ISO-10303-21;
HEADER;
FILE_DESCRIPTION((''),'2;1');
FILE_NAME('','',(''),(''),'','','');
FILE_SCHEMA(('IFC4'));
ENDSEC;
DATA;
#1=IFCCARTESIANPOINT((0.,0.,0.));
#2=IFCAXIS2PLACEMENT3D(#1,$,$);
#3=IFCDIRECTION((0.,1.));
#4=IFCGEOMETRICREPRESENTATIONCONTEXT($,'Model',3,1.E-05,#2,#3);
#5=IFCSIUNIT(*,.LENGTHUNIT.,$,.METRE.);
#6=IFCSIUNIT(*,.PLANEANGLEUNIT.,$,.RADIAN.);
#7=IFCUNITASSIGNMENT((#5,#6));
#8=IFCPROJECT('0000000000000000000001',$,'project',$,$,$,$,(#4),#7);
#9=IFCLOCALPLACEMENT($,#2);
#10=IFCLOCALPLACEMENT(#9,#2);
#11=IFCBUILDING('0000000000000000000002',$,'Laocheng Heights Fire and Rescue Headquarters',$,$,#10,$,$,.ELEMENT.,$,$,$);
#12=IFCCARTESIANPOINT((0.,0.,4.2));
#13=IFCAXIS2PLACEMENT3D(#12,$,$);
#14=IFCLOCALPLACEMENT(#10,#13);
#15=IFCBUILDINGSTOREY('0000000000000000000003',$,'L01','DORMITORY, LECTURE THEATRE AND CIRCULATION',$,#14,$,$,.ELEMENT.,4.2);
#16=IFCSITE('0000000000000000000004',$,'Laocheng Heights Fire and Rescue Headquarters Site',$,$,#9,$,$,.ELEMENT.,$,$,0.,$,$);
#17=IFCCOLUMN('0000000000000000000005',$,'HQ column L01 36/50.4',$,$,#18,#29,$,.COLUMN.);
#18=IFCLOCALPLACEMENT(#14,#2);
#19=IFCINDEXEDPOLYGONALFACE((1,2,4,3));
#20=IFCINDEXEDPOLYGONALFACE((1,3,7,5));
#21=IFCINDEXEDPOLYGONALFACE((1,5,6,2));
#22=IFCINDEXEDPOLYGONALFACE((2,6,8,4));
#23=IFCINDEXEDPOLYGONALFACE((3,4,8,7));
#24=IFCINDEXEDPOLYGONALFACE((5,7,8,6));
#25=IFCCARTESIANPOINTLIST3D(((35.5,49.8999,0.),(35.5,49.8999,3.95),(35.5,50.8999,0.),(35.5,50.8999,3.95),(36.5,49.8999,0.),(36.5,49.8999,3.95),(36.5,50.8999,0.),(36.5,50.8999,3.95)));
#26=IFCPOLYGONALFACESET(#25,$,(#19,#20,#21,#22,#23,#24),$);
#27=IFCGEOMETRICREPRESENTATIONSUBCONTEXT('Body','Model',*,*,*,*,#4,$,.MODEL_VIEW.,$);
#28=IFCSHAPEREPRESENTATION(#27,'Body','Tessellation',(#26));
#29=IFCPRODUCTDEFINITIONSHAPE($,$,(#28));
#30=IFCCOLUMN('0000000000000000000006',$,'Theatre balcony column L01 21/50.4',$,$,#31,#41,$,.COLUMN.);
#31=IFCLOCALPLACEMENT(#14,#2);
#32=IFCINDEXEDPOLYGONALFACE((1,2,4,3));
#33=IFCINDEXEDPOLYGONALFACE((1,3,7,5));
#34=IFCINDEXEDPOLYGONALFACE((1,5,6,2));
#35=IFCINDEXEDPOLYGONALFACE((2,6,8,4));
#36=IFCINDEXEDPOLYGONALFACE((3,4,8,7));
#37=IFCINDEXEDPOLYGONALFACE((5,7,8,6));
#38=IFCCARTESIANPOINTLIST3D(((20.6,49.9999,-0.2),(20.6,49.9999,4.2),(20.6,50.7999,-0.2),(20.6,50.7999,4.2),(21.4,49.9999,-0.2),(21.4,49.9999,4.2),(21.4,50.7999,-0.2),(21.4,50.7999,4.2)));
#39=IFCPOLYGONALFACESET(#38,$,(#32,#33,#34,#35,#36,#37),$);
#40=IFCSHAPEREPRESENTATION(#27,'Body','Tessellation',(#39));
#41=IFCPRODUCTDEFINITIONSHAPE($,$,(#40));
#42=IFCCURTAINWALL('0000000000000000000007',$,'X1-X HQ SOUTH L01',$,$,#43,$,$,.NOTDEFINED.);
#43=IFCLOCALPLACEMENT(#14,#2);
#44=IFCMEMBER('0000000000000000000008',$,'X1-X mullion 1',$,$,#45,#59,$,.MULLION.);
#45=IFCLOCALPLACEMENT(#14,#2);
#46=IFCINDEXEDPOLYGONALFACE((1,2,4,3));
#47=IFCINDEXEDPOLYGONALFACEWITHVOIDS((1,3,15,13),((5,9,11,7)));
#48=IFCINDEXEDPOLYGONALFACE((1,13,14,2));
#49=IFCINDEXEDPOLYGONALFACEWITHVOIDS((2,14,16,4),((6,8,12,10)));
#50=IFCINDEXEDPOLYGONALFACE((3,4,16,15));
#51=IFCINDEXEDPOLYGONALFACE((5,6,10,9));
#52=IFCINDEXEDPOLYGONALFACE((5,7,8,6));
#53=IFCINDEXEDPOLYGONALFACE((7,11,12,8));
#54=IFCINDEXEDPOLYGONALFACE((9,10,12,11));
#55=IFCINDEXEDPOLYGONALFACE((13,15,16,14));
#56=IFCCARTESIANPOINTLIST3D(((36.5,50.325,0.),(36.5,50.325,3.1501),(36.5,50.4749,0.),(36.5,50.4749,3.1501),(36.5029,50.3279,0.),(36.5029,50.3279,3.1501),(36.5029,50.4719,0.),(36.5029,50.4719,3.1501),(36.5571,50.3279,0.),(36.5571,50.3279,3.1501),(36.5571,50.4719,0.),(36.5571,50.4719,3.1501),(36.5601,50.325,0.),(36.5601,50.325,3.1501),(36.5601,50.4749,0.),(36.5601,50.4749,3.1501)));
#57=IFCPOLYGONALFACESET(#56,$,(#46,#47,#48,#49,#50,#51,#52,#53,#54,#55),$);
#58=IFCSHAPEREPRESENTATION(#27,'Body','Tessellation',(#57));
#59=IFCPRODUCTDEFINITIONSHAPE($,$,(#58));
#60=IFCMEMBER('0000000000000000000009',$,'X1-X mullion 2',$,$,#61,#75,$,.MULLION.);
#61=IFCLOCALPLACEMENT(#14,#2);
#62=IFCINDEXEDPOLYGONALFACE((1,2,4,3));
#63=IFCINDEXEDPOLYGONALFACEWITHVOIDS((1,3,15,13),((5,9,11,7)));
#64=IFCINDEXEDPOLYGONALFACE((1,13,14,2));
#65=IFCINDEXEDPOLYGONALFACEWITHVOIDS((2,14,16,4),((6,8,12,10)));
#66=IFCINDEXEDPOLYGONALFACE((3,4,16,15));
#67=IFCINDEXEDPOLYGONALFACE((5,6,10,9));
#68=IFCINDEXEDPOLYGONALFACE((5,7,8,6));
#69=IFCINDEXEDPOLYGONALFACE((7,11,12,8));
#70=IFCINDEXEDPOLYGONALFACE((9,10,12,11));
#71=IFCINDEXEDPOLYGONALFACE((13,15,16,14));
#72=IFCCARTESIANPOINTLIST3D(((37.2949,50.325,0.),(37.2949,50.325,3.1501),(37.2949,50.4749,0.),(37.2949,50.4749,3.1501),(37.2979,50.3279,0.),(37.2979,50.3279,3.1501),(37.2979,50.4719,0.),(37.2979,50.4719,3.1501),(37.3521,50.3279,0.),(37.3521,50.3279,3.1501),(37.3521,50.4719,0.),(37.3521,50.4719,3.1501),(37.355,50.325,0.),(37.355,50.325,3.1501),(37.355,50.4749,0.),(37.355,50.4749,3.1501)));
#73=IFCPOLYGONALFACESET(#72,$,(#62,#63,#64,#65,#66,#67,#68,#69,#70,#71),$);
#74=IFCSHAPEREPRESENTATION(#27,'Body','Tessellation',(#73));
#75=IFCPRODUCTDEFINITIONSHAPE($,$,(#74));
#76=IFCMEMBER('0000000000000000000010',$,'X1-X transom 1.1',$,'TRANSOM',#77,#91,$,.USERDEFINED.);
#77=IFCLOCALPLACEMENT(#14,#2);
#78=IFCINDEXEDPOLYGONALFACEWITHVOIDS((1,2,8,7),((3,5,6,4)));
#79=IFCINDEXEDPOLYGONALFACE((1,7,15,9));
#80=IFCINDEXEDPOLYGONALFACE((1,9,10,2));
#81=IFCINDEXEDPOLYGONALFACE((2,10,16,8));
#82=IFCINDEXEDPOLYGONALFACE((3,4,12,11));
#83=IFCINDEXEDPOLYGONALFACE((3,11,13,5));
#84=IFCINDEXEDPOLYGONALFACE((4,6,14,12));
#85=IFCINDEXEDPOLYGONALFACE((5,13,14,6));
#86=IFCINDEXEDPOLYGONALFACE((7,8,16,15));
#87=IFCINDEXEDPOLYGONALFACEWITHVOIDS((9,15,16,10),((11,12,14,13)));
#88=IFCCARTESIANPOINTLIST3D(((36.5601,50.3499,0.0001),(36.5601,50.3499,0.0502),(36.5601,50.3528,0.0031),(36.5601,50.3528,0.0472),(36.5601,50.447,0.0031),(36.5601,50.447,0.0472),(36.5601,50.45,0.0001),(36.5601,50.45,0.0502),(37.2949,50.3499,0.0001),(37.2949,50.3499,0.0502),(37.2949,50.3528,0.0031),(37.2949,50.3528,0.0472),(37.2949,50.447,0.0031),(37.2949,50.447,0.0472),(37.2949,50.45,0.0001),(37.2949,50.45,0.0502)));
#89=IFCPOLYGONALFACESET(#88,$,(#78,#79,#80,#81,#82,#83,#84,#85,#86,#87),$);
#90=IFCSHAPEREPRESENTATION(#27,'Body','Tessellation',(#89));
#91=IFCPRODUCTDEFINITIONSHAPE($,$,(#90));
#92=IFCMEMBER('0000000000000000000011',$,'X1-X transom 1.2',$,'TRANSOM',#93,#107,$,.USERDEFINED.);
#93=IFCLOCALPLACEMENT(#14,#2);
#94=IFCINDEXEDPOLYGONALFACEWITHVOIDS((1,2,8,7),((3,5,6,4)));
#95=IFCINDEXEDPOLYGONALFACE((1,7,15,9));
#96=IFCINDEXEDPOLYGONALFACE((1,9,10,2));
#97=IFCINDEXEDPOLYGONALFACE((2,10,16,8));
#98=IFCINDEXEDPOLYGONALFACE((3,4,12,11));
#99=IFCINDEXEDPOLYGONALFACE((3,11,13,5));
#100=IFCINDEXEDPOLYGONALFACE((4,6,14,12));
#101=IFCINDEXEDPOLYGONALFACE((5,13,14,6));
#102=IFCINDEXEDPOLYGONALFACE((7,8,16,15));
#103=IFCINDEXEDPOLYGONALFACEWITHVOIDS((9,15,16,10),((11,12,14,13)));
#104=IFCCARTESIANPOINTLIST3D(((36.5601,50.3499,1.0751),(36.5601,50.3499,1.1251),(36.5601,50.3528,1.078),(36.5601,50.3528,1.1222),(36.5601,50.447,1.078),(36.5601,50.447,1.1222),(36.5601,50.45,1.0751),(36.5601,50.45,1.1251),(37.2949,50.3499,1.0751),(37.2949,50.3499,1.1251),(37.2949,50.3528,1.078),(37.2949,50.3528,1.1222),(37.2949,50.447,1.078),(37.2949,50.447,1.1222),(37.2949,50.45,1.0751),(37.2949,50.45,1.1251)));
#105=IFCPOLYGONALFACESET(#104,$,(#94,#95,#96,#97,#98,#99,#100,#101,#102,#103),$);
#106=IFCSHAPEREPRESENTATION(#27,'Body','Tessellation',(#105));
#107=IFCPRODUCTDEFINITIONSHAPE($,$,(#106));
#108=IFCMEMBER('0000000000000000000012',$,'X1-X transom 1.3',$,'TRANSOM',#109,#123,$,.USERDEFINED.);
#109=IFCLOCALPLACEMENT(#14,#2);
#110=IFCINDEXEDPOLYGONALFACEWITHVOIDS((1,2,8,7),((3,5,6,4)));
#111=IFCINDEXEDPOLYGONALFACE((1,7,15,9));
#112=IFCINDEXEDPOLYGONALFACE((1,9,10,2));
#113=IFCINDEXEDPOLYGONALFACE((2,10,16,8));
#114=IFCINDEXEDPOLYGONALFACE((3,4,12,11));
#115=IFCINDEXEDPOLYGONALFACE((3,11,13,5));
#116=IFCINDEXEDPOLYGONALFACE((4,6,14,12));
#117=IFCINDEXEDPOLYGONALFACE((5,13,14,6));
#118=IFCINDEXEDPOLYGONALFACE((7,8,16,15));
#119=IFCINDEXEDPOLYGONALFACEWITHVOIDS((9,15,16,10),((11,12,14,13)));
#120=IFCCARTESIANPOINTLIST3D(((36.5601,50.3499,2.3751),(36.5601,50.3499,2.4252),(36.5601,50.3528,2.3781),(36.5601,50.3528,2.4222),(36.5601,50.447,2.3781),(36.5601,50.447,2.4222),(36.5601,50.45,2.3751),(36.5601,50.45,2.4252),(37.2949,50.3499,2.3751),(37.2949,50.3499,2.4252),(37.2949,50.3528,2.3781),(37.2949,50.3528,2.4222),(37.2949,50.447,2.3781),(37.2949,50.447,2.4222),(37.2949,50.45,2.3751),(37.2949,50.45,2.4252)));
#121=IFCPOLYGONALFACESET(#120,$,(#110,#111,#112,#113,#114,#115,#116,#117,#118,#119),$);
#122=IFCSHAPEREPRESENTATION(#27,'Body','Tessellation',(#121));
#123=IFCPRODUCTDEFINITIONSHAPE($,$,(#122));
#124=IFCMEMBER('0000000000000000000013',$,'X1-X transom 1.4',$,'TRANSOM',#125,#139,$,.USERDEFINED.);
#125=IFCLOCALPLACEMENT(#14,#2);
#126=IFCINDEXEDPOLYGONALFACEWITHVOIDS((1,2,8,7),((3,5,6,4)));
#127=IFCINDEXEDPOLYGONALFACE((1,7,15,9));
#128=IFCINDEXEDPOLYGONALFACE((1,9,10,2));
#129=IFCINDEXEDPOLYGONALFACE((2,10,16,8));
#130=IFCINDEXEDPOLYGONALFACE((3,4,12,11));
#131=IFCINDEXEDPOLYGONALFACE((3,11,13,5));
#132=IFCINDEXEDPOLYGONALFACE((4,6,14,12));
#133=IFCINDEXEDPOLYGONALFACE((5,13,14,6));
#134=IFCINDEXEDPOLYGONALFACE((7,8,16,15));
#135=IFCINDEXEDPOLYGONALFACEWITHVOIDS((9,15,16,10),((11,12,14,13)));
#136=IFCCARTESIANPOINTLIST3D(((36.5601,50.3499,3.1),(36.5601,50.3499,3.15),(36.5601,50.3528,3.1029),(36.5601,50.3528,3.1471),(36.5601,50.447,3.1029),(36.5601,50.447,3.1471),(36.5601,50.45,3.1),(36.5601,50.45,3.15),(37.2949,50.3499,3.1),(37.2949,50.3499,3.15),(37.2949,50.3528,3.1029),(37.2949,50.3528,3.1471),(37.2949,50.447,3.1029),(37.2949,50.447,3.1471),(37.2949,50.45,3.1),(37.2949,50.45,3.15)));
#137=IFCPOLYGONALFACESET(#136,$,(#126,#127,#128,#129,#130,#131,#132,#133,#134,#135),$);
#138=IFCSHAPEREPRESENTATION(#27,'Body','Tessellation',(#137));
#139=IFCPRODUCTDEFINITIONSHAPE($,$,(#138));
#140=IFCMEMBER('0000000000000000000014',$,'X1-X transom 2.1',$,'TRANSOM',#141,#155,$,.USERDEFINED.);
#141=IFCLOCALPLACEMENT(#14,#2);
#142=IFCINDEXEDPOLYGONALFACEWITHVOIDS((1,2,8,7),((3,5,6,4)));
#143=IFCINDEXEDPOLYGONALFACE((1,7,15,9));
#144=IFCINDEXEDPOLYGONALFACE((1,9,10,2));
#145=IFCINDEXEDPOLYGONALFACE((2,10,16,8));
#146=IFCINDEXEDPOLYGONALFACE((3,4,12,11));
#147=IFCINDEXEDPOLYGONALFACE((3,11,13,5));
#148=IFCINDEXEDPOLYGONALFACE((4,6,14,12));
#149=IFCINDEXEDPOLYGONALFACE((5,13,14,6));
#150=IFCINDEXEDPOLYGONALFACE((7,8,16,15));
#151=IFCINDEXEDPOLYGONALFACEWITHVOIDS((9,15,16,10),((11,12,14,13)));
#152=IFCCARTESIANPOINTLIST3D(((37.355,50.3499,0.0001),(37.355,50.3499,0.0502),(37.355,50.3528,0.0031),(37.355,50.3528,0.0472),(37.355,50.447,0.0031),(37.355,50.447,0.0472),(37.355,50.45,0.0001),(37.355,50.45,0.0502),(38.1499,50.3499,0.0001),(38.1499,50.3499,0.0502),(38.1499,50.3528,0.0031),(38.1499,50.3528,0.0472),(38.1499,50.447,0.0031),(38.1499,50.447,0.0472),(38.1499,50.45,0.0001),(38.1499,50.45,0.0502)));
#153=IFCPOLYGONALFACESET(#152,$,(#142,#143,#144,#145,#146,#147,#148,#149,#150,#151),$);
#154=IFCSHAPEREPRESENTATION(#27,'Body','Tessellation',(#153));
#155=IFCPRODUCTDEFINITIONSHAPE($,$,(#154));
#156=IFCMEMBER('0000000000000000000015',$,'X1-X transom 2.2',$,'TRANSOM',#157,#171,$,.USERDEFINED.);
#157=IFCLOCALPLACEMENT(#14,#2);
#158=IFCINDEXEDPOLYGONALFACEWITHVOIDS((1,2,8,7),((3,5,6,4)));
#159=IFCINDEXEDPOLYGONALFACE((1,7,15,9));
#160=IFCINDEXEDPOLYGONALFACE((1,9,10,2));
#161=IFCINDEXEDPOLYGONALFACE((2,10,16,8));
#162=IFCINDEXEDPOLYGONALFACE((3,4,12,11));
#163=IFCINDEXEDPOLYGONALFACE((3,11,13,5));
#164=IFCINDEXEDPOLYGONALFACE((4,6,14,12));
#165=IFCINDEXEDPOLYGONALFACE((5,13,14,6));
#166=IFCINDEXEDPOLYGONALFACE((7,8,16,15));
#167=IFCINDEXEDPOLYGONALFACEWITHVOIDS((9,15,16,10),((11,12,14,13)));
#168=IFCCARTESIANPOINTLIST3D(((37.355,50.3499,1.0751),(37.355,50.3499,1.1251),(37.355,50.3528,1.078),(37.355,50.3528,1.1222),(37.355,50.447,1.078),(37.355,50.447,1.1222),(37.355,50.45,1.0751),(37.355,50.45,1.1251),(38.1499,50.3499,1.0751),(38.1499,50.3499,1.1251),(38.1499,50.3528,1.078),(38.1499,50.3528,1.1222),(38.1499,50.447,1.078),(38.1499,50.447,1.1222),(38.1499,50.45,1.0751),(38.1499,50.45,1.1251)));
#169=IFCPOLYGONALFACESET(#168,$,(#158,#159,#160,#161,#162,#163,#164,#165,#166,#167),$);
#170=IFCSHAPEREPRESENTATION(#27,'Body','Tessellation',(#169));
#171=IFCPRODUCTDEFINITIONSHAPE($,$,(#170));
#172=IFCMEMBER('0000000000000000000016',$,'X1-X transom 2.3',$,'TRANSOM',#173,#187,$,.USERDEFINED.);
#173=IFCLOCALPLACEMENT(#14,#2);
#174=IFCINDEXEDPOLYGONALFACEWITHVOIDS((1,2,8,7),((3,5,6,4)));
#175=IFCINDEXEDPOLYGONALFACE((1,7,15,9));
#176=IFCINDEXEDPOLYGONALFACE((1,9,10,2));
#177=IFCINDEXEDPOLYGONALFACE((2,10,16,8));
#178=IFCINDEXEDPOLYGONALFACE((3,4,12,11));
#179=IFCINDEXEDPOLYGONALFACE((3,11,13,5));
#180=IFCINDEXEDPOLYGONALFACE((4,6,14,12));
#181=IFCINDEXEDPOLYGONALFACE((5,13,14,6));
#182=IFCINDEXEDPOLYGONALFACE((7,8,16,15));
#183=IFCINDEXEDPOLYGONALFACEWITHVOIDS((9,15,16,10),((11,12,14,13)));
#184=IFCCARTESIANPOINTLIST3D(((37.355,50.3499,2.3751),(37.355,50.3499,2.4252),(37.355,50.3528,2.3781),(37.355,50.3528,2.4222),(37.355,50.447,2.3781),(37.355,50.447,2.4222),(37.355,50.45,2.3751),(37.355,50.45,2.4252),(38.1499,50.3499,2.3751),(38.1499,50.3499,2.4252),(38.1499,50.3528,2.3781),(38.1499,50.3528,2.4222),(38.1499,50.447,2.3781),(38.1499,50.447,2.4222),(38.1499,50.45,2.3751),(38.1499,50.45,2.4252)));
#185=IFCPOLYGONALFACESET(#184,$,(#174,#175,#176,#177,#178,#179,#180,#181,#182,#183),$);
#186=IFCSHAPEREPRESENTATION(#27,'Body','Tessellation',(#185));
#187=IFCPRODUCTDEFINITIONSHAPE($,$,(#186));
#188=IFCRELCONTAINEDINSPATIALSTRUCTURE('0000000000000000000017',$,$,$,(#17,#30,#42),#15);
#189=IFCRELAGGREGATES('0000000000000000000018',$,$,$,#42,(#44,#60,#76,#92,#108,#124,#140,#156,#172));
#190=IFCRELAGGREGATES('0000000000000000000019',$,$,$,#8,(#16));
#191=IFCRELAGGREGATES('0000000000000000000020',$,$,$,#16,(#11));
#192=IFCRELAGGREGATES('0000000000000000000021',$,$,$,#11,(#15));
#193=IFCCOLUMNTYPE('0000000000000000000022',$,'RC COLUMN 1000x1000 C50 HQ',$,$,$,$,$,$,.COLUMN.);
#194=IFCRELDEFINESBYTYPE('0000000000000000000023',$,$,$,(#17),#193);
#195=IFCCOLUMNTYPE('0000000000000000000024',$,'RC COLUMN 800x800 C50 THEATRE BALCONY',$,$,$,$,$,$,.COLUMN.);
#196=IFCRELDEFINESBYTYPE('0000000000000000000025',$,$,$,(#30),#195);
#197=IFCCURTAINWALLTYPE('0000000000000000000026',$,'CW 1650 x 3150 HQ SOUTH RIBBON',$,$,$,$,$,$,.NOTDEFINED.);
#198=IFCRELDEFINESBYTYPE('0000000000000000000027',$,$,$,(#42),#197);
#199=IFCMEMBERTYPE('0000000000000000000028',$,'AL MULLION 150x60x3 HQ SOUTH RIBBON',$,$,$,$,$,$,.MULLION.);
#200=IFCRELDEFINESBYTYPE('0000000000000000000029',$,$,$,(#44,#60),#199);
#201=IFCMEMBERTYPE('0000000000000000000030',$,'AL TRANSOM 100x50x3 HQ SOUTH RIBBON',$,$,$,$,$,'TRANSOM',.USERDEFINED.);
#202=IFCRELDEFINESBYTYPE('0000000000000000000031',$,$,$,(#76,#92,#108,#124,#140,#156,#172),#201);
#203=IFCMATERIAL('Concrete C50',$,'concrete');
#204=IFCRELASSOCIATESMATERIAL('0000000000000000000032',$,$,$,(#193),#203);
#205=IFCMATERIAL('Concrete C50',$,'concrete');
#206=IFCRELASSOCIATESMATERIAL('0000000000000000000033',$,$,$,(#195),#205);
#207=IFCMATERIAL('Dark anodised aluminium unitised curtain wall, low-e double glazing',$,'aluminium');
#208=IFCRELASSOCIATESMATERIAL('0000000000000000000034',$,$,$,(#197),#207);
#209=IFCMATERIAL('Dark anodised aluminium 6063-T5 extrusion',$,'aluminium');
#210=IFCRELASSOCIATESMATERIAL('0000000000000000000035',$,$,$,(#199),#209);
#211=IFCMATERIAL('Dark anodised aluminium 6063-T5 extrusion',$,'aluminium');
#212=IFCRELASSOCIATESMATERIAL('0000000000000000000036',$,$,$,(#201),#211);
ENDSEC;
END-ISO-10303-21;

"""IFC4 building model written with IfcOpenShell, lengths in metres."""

from ifc_helpers import new_model, si_unit, direction, frame, origin, origin_2d, place, context, subcontext, project, spatial, rectangle, hollow_rectangle, extrude, material, material_profile, profile_set, type_object, element, aggregate, save


model = new_model("IFC4")

# Units and contexts
model_context = context("Model", 3, precision=1e-05, world=origin(), true_north=direction((0.0, 1.0)))
body_context = subcontext(model_context, "Body", "Model", "MODEL_VIEW")
ifc_project = project(units=[si_unit("LENGTHUNIT", "METRE"), si_unit("PLANEANGLEUNIT", "RADIAN")], contexts=[model_context])

# Site, building, storey
site_placement = place(None, origin())
site = spatial("IfcSite", under=ifc_project, at=site_placement, Name="Laocheng Heights Fire and Rescue Headquarters Site", CompositionType="ELEMENT", RefElevation=0.0)
building_placement = place(site_placement, origin())
building = spatial("IfcBuilding", under=site, at=building_placement, Name="Laocheng Heights Fire and Rescue Headquarters", CompositionType="ELEMENT")
storey_placement = place(building_placement, frame((0.0, 0.0, 4.2)))
storey = spatial("IfcBuildingStorey", under=building, at=storey_placement, Name="L01", Description="DORMITORY, LECTURE THEATRE AND CIRCULATION", CompositionType="ELEMENT", Elevation=4.2)

# Columns
ifc_material_1 = material(Name="Concrete C50", Category="concrete")
ifc_material_profile_1 = material_profile(ifc_material_1, rectangle(XDim=1.0, YDim=1.0, at=origin_2d()), Name="RC COLUMN 1000x1000 C50 HQ")
ifc_profile_set_1 = profile_set([ifc_material_profile_1], Name="Concrete C50")
column_type_1 = type_object("IfcColumnType", Name="RC COLUMN 1000x1000 C50 HQ", PredefinedType="COLUMN", material=ifc_profile_set_1)
column_1_placement = place(storey_placement, frame((36.0, 50.3999, 0.0), z_axis=(0.0, 0.0, 1.0), x_axis=(1.0, 0.0, 0.0)))
element("IfcColumn", 1, at=column_1_placement, inside=storey, type_object=column_type_1, Name="HQ column L01 36/50.4", PredefinedType="COLUMN", context=body_context, shape_type="SweptSolid", body=[
    extrude(rectangle(XDim=1.0, YDim=1.0, at=origin_2d()), origin(), (0.0, 0.0, 1.0), 3.95),
])
ifc_material_2 = material(Name="Concrete C50", Category="concrete")
ifc_material_profile_2 = material_profile(ifc_material_2, rectangle(XDim=0.8, YDim=0.8, at=origin_2d()), Name="RC COLUMN 800x800 C50 THEATRE BALCONY")
ifc_profile_set_2 = profile_set([ifc_material_profile_2], Name="Concrete C50")
column_type_2 = type_object("IfcColumnType", Name="RC COLUMN 800x800 C50 THEATRE BALCONY", PredefinedType="COLUMN", material=ifc_profile_set_2)
column_2_placement = place(storey_placement, frame((21.0, 50.3999, -0.2), z_axis=(0.0, 0.0, 1.0), x_axis=(1.0, 0.0, 0.0)))
element("IfcColumn", 2, at=column_2_placement, inside=storey, type_object=column_type_2, Name="Theatre balcony column L01 21/50.4", PredefinedType="COLUMN", context=body_context, shape_type="SweptSolid", body=[
    extrude(rectangle(XDim=0.8, YDim=0.8, at=origin_2d()), origin(), (0.0, 0.0, 1.0), 4.3999),
])

# Curtain wall, members
ifc_material_3 = material(Name="Dark anodised aluminium unitised curtain wall, low-e double glazing", Category="aluminium")
curtain_wall_type = type_object("IfcCurtainWallType", Name="CW 1650 x 3150 HQ SOUTH RIBBON", PredefinedType="NOTDEFINED", material=ifc_material_3)
curtain_wall_placement = place(storey_placement, origin())
curtain_wall = element("IfcCurtainWall", 3, at=curtain_wall_placement, inside=storey, type_object=curtain_wall_type, Name="X1-X HQ SOUTH L01", PredefinedType="NOTDEFINED")
ifc_material_4 = material(Name="Dark anodised aluminium 6063-T5 extrusion", Category="aluminium")
ifc_material_profile_3 = material_profile(ifc_material_4, hollow_rectangle(XDim=0.1499, YDim=0.0601, WallThickness=0.0029, at=origin_2d()), Name="AL MULLION 150x60x3 HQ SOUTH RIBBON")
ifc_profile_set_3 = profile_set([ifc_material_profile_3], Name="Dark anodised aluminium 6063-T5 extrusion")
member_type_1 = type_object("IfcMemberType", Name="AL MULLION 150x60x3 HQ SOUTH RIBBON", PredefinedType="MULLION", material=ifc_profile_set_3)
member_1_placement = place(storey_placement, frame((36.53, 50.3999, 0.0), z_axis=(0.0, 0.0, 1.0), x_axis=(0.0, 1.0, 0.0)))
member_1 = element("IfcMember", 4, at=member_1_placement, type_object=member_type_1, Name="X1-X mullion 1", PredefinedType="MULLION", context=body_context, shape_type="SweptSolid", body=[
    extrude(hollow_rectangle(XDim=0.1499, YDim=0.0601, WallThickness=0.0029, at=origin_2d()), origin(), (0.0, 0.0, 1.0), 3.1501),
])
member_2_placement = place(storey_placement, frame((37.325, 50.3999, 0.0), z_axis=(0.0, 0.0, 1.0), x_axis=(0.0, 1.0, 0.0)))
member_2 = element("IfcMember", 5, at=member_2_placement, type_object=member_type_1, Name="X1-X mullion 2", PredefinedType="MULLION", context=body_context, shape_type="SweptSolid", body=[
    extrude(hollow_rectangle(XDim=0.1499, YDim=0.0601, WallThickness=0.0029, at=origin_2d()), origin(), (0.0, 0.0, 1.0), 3.1501),
])
ifc_material_5 = material(Name="Dark anodised aluminium 6063-T5 extrusion", Category="aluminium")
ifc_material_profile_4 = material_profile(ifc_material_5, hollow_rectangle(XDim=0.1001, YDim=0.05, WallThickness=0.0029, at=origin_2d()), Name="AL TRANSOM 100x50x3 HQ SOUTH RIBBON")
ifc_profile_set_4 = profile_set([ifc_material_profile_4], Name="Dark anodised aluminium 6063-T5 extrusion")
member_type_2 = type_object("IfcMemberType", Name="AL TRANSOM 100x50x3 HQ SOUTH RIBBON", ElementType="TRANSOM", PredefinedType="USERDEFINED", material=ifc_profile_set_4)
member_3_placement = place(storey_placement, frame((36.5601, 50.3999, 0.0251), z_axis=(1.0, 0.0, 0.0), x_axis=(0.0, 1.0, 0.0)))
member_3 = element("IfcMember", 6, at=member_3_placement, type_object=member_type_2, Name="X1-X transom 1.1", ObjectType="TRANSOM", PredefinedType="USERDEFINED", context=body_context, shape_type="SweptSolid", body=[
    extrude(hollow_rectangle(XDim=0.1001, YDim=0.05, WallThickness=0.0029, at=origin_2d()), origin(), (0.0, 0.0, 1.0), 0.7349),
])
member_4_placement = place(storey_placement, frame((36.5601, 50.3999, 1.1001), z_axis=(1.0, 0.0, 0.0), x_axis=(0.0, 1.0, 0.0)))
member_4 = element("IfcMember", 7, at=member_4_placement, type_object=member_type_2, Name="X1-X transom 1.2", ObjectType="TRANSOM", PredefinedType="USERDEFINED", context=body_context, shape_type="SweptSolid", body=[
    extrude(hollow_rectangle(XDim=0.1001, YDim=0.05, WallThickness=0.0029, at=origin_2d()), origin(), (0.0, 0.0, 1.0), 0.7349),
])
member_5_placement = place(storey_placement, frame((36.5601, 50.3999, 2.4001), z_axis=(1.0, 0.0, 0.0), x_axis=(0.0, 1.0, 0.0)))
member_5 = element("IfcMember", 8, at=member_5_placement, type_object=member_type_2, Name="X1-X transom 1.3", ObjectType="TRANSOM", PredefinedType="USERDEFINED", context=body_context, shape_type="SweptSolid", body=[
    extrude(hollow_rectangle(XDim=0.1001, YDim=0.05, WallThickness=0.0029, at=origin_2d()), origin(), (0.0, 0.0, 1.0), 0.7349),
])
member_6_placement = place(storey_placement, frame((36.5601, 50.3999, 3.125), z_axis=(1.0, 0.0, 0.0), x_axis=(0.0, 1.0, 0.0)))
member_6 = element("IfcMember", 9, at=member_6_placement, type_object=member_type_2, Name="X1-X transom 1.4", ObjectType="TRANSOM", PredefinedType="USERDEFINED", context=body_context, shape_type="SweptSolid", body=[
    extrude(hollow_rectangle(XDim=0.1001, YDim=0.05, WallThickness=0.0029, at=origin_2d()), origin(), (0.0, 0.0, 1.0), 0.7349),
])
member_7_placement = place(storey_placement, frame((37.355, 50.3999, 0.0251), z_axis=(1.0, 0.0, 0.0), x_axis=(0.0, 1.0, 0.0)))
member_7 = element("IfcMember", 10, at=member_7_placement, type_object=member_type_2, Name="X1-X transom 2.1", ObjectType="TRANSOM", PredefinedType="USERDEFINED", context=body_context, shape_type="SweptSolid", body=[
    extrude(hollow_rectangle(XDim=0.1001, YDim=0.05, WallThickness=0.0029, at=origin_2d()), origin(), (0.0, 0.0, 1.0), 0.7949),
])
member_8_placement = place(storey_placement, frame((37.355, 50.3999, 1.1001), z_axis=(1.0, 0.0, 0.0), x_axis=(0.0, 1.0, 0.0)))
member_8 = element("IfcMember", 11, at=member_8_placement, type_object=member_type_2, Name="X1-X transom 2.2", ObjectType="TRANSOM", PredefinedType="USERDEFINED", context=body_context, shape_type="SweptSolid", body=[
    extrude(hollow_rectangle(XDim=0.1001, YDim=0.05, WallThickness=0.0029, at=origin_2d()), origin(), (0.0, 0.0, 1.0), 0.7949),
])
member_9_placement = place(storey_placement, frame((37.355, 50.3999, 2.4001), z_axis=(1.0, 0.0, 0.0), x_axis=(0.0, 1.0, 0.0)))
member_9 = element("IfcMember", 12, at=member_9_placement, type_object=member_type_2, Name="X1-X transom 2.3", ObjectType="TRANSOM", PredefinedType="USERDEFINED", context=body_context, shape_type="SweptSolid", body=[
    extrude(hollow_rectangle(XDim=0.1001, YDim=0.05, WallThickness=0.0029, at=origin_2d()), origin(), (0.0, 0.0, 1.0), 0.7949),
])

aggregate(curtain_wall, [member_1, member_2, member_3, member_4, member_5, member_6, member_7, member_8, member_9])

save(model, "model.ifc")
